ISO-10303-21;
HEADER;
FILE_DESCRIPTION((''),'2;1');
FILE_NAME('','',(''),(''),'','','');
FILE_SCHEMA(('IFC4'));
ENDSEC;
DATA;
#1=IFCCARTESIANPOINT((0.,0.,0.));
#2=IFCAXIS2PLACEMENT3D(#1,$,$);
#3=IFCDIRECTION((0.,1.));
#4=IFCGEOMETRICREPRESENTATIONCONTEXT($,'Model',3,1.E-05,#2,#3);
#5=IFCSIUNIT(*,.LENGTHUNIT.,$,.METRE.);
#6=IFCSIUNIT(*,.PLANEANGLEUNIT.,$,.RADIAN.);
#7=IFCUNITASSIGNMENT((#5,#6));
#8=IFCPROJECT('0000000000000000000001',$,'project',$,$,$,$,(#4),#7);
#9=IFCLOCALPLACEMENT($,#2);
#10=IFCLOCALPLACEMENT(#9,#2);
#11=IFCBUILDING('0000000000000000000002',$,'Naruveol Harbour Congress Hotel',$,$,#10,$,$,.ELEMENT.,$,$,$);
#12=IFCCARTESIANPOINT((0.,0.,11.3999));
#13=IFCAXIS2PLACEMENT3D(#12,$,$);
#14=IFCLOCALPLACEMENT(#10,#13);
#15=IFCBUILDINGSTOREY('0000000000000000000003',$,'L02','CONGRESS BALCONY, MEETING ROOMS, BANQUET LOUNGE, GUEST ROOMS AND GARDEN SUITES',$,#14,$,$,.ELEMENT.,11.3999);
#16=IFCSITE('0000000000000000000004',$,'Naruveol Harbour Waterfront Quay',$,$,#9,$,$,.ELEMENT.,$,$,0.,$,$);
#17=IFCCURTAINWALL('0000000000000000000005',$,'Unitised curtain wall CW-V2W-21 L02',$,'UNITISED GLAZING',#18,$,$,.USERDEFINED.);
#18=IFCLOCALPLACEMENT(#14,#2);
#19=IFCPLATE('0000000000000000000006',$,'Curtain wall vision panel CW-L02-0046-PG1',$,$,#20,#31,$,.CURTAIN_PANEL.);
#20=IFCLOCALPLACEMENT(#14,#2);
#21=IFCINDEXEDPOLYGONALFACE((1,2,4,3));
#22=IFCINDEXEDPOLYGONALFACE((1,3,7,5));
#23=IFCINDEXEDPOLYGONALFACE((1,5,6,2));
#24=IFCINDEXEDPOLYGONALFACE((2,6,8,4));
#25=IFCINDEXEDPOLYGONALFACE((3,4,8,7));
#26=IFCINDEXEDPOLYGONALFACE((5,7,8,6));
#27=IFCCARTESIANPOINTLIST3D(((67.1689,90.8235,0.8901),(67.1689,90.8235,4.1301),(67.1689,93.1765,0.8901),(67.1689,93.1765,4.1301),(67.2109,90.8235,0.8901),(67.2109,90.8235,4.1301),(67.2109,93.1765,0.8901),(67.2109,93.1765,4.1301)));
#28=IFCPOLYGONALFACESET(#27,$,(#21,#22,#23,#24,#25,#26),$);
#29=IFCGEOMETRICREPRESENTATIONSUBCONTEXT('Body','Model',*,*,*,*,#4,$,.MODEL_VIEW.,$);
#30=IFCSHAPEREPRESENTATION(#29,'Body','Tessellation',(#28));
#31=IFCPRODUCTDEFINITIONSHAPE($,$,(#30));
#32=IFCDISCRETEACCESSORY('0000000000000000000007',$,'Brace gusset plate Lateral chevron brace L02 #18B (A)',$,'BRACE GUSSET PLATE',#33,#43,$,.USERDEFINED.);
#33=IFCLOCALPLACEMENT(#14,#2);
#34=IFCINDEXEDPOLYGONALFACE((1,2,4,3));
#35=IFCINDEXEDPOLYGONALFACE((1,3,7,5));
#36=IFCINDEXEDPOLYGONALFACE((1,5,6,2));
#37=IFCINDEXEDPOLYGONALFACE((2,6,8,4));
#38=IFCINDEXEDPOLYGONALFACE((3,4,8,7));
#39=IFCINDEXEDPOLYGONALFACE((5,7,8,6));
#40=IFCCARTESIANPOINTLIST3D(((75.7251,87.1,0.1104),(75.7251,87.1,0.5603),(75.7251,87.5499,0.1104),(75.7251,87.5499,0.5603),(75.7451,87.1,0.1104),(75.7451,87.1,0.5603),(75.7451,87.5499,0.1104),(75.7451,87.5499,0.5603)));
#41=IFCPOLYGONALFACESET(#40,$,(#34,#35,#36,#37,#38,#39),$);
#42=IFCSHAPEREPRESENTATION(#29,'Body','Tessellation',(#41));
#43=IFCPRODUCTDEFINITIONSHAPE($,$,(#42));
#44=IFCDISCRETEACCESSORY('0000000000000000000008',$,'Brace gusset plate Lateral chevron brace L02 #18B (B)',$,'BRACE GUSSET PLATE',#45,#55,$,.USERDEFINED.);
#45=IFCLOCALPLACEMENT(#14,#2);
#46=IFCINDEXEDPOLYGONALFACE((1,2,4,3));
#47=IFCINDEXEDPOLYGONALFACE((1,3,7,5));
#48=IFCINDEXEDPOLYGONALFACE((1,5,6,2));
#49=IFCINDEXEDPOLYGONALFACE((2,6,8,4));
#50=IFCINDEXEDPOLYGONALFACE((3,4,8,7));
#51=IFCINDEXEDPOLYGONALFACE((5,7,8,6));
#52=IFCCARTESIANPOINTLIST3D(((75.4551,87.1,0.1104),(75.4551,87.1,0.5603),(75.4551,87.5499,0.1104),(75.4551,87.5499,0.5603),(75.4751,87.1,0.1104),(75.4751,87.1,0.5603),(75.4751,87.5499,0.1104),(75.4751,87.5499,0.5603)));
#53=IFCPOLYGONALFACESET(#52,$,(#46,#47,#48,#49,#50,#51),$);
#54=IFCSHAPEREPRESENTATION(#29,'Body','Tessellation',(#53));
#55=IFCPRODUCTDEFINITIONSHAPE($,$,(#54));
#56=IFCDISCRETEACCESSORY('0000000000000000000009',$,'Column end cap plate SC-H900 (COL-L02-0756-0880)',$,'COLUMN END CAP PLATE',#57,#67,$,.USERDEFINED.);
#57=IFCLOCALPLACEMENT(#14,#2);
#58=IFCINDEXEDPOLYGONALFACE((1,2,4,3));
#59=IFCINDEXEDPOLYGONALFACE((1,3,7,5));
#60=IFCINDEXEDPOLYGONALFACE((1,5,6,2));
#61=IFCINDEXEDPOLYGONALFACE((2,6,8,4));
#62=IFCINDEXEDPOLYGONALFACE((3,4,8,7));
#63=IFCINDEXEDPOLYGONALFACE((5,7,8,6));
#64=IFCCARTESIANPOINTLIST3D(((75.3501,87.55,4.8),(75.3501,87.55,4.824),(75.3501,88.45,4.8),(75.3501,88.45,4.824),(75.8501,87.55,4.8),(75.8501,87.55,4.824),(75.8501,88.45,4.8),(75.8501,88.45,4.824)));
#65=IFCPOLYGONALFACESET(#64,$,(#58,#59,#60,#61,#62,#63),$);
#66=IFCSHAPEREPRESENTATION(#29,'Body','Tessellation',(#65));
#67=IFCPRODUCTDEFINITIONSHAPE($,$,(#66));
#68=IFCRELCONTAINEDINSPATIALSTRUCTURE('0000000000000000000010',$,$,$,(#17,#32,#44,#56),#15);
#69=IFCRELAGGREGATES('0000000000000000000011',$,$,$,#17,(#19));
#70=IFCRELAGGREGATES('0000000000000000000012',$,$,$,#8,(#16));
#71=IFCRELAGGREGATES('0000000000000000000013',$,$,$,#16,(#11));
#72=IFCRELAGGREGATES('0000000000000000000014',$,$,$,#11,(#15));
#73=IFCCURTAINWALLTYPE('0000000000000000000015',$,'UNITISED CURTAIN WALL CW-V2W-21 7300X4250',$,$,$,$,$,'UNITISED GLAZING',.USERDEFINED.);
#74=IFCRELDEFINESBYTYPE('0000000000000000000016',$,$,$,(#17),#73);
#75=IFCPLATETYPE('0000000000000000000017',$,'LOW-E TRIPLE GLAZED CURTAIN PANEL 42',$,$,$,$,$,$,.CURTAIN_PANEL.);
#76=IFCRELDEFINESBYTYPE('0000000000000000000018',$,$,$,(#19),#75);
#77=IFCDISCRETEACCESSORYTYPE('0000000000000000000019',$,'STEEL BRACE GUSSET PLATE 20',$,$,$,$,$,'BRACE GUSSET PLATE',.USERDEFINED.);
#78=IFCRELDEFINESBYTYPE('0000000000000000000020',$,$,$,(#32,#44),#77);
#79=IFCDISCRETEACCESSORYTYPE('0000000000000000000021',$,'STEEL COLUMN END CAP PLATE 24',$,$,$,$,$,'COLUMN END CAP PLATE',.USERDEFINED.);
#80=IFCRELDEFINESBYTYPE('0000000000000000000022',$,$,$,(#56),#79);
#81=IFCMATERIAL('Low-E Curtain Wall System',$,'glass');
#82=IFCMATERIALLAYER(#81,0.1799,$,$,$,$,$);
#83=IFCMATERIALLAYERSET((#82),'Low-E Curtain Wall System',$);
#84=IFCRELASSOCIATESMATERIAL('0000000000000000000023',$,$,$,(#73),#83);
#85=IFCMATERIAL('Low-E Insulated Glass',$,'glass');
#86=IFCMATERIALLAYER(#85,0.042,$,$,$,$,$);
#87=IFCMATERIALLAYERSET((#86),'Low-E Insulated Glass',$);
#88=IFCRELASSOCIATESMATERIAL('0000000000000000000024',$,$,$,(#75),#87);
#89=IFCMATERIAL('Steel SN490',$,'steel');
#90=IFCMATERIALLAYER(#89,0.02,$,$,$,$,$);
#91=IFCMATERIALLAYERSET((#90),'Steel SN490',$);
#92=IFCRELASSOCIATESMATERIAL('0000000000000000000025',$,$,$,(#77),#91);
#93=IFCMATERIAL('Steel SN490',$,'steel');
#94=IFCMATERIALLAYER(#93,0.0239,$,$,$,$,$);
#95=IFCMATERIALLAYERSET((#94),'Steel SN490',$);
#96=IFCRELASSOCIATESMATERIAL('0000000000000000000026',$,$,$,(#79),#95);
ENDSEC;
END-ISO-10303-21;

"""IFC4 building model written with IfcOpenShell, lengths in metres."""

from ifc_helpers import new_model, si_unit, direction, frame, origin, origin_2d, place, context, subcontext, project, spatial, rectangle, extrude, material, layer, layer_set, type_object, element, aggregate, save


model = new_model("IFC4")

# Units and contexts
model_context = context("Model", 3, precision=1e-05, world=origin(), true_north=direction((0.0, 1.0)))
body_context = subcontext(model_context, "Body", "Model", "MODEL_VIEW")
ifc_project = project(units=[si_unit("LENGTHUNIT", "METRE"), si_unit("PLANEANGLEUNIT", "RADIAN")], contexts=[model_context])

# Site, building, storey
site_placement = place(None, origin())
site = spatial("IfcSite", under=ifc_project, at=site_placement, Name="Naruveol Harbour Waterfront Quay", CompositionType="ELEMENT", RefElevation=0.0)
building_placement = place(site_placement, origin())
building = spatial("IfcBuilding", under=site, at=building_placement, Name="Naruveol Harbour Congress Hotel", CompositionType="ELEMENT")
storey_placement = place(building_placement, frame((0.0, 0.0, 11.3999)))
storey = spatial("IfcBuildingStorey", under=building, at=storey_placement, Name="L02", Description="CONGRESS BALCONY, MEETING ROOMS, BANQUET LOUNGE, GUEST ROOMS AND GARDEN SUITES", CompositionType="ELEMENT", Elevation=11.3999)

# Curtain wall
ifc_material_1 = material(Name="Low-E Curtain Wall System", Category="glass")
ifc_layer_1 = layer(ifc_material_1, 0.1799)
ifc_layer_set_1 = layer_set([ifc_layer_1], Name="Low-E Curtain Wall System")
curtain_wall_type = type_object("IfcCurtainWallType", Name="UNITISED CURTAIN WALL CW-V2W-21 7300X4250", ElementType="UNITISED GLAZING", PredefinedType="USERDEFINED", material=ifc_layer_set_1)
curtain_wall_1_placement = place(storey_placement, origin())
curtain_wall_1 = element("IfcCurtainWall", 1, at=curtain_wall_1_placement, inside=storey, type_object=curtain_wall_type, Name="Unitised curtain wall CW-V2W-21 L02", ObjectType="UNITISED GLAZING", PredefinedType="USERDEFINED")

# Plate
ifc_material_2 = material(Name="Low-E Insulated Glass", Category="glass")
ifc_layer_2 = layer(ifc_material_2, 0.042)
ifc_layer_set_2 = layer_set([ifc_layer_2], Name="Low-E Insulated Glass")
plate_type_1 = type_object("IfcPlateType", Name="LOW-E TRIPLE GLAZED CURTAIN PANEL 42", PredefinedType="CURTAIN_PANEL", material=ifc_layer_set_2)
plate_1_placement = place(storey_placement, frame((67.1899, 92.0, 0.8901), z_axis=(0.0, 0.0, 1.0), x_axis=(0.0, 1.0, 0.0)))
plate_1 = element("IfcPlate", 2, at=plate_1_placement, type_object=plate_type_1, Name="Curtain wall vision panel CW-L02-0046-PG1", PredefinedType="CURTAIN_PANEL", context=body_context, shape_type="SweptSolid", body=[
    extrude(rectangle(XDim=2.353, YDim=0.042, at=origin_2d()), origin(), (0.0, 0.0, 1.0), 3.24),
])
aggregate(curtain_wall_1, [plate_1])

# Discrete accessories
ifc_material_3 = material(Name="Steel SN490", Category="steel")
ifc_layer_3 = layer(ifc_material_3, 0.02)
ifc_layer_set_3 = layer_set([ifc_layer_3], Name="Steel SN490")
discrete_accessory_type_1 = type_object("IfcDiscreteAccessoryType", Name="STEEL BRACE GUSSET PLATE 20", ElementType="BRACE GUSSET PLATE", PredefinedType="USERDEFINED", material=ifc_layer_set_3)
for number, where, z_axis, x_axis, name in (
    (3, (75.7351, 87.325, 0.1104), (0.0, 0.0, 1.0), (0.0, -1.0, 0.0), "Brace gusset plate Lateral chevron brace L02 #18B (A)"),
    (4, (75.4651, 87.325, 0.1104), (0.0, 0.0, 1.0), (0.0, -1.0, 0.0), "Brace gusset plate Lateral chevron brace L02 #18B (B)"),
):
    element("IfcDiscreteAccessory", number, at=place(storey_placement, frame(where, z_axis=z_axis, x_axis=x_axis)), inside=storey, type_object=discrete_accessory_type_1, Name=name, ObjectType="BRACE GUSSET PLATE", PredefinedType="USERDEFINED", context=body_context, shape_type="SweptSolid", body=[
        extrude(rectangle(XDim=0.45, YDim=0.02, at=origin_2d()), origin(), (0.0, 0.0, 1.0), 0.45),
    ])
ifc_material_4 = material(Name="Steel SN490", Category="steel")
ifc_layer_4 = layer(ifc_material_4, 0.0239)
ifc_layer_set_4 = layer_set([ifc_layer_4], Name="Steel SN490")
discrete_accessory_type_2 = type_object("IfcDiscreteAccessoryType", Name="STEEL COLUMN END CAP PLATE 24", ElementType="COLUMN END CAP PLATE", PredefinedType="USERDEFINED", material=ifc_layer_set_4)
discrete_accessory_placement = place(storey_placement, frame((75.6001, 88.0, 4.8), z_axis=(0.0, 0.0, 1.0), x_axis=(1.0, 0.0, 0.0)))
element("IfcDiscreteAccessory", 5, at=discrete_accessory_placement, inside=storey, type_object=discrete_accessory_type_2, Name="Column end cap plate SC-H900 (COL-L02-0756-0880)", ObjectType="COLUMN END CAP PLATE", PredefinedType="USERDEFINED", context=body_context, shape_type="SweptSolid", body=[
    extrude(rectangle(XDim=0.5, YDim=0.8999, at=origin_2d()), origin(), (0.0, 0.0, 1.0), 0.0239),
])

save(model, "model.ifc")
